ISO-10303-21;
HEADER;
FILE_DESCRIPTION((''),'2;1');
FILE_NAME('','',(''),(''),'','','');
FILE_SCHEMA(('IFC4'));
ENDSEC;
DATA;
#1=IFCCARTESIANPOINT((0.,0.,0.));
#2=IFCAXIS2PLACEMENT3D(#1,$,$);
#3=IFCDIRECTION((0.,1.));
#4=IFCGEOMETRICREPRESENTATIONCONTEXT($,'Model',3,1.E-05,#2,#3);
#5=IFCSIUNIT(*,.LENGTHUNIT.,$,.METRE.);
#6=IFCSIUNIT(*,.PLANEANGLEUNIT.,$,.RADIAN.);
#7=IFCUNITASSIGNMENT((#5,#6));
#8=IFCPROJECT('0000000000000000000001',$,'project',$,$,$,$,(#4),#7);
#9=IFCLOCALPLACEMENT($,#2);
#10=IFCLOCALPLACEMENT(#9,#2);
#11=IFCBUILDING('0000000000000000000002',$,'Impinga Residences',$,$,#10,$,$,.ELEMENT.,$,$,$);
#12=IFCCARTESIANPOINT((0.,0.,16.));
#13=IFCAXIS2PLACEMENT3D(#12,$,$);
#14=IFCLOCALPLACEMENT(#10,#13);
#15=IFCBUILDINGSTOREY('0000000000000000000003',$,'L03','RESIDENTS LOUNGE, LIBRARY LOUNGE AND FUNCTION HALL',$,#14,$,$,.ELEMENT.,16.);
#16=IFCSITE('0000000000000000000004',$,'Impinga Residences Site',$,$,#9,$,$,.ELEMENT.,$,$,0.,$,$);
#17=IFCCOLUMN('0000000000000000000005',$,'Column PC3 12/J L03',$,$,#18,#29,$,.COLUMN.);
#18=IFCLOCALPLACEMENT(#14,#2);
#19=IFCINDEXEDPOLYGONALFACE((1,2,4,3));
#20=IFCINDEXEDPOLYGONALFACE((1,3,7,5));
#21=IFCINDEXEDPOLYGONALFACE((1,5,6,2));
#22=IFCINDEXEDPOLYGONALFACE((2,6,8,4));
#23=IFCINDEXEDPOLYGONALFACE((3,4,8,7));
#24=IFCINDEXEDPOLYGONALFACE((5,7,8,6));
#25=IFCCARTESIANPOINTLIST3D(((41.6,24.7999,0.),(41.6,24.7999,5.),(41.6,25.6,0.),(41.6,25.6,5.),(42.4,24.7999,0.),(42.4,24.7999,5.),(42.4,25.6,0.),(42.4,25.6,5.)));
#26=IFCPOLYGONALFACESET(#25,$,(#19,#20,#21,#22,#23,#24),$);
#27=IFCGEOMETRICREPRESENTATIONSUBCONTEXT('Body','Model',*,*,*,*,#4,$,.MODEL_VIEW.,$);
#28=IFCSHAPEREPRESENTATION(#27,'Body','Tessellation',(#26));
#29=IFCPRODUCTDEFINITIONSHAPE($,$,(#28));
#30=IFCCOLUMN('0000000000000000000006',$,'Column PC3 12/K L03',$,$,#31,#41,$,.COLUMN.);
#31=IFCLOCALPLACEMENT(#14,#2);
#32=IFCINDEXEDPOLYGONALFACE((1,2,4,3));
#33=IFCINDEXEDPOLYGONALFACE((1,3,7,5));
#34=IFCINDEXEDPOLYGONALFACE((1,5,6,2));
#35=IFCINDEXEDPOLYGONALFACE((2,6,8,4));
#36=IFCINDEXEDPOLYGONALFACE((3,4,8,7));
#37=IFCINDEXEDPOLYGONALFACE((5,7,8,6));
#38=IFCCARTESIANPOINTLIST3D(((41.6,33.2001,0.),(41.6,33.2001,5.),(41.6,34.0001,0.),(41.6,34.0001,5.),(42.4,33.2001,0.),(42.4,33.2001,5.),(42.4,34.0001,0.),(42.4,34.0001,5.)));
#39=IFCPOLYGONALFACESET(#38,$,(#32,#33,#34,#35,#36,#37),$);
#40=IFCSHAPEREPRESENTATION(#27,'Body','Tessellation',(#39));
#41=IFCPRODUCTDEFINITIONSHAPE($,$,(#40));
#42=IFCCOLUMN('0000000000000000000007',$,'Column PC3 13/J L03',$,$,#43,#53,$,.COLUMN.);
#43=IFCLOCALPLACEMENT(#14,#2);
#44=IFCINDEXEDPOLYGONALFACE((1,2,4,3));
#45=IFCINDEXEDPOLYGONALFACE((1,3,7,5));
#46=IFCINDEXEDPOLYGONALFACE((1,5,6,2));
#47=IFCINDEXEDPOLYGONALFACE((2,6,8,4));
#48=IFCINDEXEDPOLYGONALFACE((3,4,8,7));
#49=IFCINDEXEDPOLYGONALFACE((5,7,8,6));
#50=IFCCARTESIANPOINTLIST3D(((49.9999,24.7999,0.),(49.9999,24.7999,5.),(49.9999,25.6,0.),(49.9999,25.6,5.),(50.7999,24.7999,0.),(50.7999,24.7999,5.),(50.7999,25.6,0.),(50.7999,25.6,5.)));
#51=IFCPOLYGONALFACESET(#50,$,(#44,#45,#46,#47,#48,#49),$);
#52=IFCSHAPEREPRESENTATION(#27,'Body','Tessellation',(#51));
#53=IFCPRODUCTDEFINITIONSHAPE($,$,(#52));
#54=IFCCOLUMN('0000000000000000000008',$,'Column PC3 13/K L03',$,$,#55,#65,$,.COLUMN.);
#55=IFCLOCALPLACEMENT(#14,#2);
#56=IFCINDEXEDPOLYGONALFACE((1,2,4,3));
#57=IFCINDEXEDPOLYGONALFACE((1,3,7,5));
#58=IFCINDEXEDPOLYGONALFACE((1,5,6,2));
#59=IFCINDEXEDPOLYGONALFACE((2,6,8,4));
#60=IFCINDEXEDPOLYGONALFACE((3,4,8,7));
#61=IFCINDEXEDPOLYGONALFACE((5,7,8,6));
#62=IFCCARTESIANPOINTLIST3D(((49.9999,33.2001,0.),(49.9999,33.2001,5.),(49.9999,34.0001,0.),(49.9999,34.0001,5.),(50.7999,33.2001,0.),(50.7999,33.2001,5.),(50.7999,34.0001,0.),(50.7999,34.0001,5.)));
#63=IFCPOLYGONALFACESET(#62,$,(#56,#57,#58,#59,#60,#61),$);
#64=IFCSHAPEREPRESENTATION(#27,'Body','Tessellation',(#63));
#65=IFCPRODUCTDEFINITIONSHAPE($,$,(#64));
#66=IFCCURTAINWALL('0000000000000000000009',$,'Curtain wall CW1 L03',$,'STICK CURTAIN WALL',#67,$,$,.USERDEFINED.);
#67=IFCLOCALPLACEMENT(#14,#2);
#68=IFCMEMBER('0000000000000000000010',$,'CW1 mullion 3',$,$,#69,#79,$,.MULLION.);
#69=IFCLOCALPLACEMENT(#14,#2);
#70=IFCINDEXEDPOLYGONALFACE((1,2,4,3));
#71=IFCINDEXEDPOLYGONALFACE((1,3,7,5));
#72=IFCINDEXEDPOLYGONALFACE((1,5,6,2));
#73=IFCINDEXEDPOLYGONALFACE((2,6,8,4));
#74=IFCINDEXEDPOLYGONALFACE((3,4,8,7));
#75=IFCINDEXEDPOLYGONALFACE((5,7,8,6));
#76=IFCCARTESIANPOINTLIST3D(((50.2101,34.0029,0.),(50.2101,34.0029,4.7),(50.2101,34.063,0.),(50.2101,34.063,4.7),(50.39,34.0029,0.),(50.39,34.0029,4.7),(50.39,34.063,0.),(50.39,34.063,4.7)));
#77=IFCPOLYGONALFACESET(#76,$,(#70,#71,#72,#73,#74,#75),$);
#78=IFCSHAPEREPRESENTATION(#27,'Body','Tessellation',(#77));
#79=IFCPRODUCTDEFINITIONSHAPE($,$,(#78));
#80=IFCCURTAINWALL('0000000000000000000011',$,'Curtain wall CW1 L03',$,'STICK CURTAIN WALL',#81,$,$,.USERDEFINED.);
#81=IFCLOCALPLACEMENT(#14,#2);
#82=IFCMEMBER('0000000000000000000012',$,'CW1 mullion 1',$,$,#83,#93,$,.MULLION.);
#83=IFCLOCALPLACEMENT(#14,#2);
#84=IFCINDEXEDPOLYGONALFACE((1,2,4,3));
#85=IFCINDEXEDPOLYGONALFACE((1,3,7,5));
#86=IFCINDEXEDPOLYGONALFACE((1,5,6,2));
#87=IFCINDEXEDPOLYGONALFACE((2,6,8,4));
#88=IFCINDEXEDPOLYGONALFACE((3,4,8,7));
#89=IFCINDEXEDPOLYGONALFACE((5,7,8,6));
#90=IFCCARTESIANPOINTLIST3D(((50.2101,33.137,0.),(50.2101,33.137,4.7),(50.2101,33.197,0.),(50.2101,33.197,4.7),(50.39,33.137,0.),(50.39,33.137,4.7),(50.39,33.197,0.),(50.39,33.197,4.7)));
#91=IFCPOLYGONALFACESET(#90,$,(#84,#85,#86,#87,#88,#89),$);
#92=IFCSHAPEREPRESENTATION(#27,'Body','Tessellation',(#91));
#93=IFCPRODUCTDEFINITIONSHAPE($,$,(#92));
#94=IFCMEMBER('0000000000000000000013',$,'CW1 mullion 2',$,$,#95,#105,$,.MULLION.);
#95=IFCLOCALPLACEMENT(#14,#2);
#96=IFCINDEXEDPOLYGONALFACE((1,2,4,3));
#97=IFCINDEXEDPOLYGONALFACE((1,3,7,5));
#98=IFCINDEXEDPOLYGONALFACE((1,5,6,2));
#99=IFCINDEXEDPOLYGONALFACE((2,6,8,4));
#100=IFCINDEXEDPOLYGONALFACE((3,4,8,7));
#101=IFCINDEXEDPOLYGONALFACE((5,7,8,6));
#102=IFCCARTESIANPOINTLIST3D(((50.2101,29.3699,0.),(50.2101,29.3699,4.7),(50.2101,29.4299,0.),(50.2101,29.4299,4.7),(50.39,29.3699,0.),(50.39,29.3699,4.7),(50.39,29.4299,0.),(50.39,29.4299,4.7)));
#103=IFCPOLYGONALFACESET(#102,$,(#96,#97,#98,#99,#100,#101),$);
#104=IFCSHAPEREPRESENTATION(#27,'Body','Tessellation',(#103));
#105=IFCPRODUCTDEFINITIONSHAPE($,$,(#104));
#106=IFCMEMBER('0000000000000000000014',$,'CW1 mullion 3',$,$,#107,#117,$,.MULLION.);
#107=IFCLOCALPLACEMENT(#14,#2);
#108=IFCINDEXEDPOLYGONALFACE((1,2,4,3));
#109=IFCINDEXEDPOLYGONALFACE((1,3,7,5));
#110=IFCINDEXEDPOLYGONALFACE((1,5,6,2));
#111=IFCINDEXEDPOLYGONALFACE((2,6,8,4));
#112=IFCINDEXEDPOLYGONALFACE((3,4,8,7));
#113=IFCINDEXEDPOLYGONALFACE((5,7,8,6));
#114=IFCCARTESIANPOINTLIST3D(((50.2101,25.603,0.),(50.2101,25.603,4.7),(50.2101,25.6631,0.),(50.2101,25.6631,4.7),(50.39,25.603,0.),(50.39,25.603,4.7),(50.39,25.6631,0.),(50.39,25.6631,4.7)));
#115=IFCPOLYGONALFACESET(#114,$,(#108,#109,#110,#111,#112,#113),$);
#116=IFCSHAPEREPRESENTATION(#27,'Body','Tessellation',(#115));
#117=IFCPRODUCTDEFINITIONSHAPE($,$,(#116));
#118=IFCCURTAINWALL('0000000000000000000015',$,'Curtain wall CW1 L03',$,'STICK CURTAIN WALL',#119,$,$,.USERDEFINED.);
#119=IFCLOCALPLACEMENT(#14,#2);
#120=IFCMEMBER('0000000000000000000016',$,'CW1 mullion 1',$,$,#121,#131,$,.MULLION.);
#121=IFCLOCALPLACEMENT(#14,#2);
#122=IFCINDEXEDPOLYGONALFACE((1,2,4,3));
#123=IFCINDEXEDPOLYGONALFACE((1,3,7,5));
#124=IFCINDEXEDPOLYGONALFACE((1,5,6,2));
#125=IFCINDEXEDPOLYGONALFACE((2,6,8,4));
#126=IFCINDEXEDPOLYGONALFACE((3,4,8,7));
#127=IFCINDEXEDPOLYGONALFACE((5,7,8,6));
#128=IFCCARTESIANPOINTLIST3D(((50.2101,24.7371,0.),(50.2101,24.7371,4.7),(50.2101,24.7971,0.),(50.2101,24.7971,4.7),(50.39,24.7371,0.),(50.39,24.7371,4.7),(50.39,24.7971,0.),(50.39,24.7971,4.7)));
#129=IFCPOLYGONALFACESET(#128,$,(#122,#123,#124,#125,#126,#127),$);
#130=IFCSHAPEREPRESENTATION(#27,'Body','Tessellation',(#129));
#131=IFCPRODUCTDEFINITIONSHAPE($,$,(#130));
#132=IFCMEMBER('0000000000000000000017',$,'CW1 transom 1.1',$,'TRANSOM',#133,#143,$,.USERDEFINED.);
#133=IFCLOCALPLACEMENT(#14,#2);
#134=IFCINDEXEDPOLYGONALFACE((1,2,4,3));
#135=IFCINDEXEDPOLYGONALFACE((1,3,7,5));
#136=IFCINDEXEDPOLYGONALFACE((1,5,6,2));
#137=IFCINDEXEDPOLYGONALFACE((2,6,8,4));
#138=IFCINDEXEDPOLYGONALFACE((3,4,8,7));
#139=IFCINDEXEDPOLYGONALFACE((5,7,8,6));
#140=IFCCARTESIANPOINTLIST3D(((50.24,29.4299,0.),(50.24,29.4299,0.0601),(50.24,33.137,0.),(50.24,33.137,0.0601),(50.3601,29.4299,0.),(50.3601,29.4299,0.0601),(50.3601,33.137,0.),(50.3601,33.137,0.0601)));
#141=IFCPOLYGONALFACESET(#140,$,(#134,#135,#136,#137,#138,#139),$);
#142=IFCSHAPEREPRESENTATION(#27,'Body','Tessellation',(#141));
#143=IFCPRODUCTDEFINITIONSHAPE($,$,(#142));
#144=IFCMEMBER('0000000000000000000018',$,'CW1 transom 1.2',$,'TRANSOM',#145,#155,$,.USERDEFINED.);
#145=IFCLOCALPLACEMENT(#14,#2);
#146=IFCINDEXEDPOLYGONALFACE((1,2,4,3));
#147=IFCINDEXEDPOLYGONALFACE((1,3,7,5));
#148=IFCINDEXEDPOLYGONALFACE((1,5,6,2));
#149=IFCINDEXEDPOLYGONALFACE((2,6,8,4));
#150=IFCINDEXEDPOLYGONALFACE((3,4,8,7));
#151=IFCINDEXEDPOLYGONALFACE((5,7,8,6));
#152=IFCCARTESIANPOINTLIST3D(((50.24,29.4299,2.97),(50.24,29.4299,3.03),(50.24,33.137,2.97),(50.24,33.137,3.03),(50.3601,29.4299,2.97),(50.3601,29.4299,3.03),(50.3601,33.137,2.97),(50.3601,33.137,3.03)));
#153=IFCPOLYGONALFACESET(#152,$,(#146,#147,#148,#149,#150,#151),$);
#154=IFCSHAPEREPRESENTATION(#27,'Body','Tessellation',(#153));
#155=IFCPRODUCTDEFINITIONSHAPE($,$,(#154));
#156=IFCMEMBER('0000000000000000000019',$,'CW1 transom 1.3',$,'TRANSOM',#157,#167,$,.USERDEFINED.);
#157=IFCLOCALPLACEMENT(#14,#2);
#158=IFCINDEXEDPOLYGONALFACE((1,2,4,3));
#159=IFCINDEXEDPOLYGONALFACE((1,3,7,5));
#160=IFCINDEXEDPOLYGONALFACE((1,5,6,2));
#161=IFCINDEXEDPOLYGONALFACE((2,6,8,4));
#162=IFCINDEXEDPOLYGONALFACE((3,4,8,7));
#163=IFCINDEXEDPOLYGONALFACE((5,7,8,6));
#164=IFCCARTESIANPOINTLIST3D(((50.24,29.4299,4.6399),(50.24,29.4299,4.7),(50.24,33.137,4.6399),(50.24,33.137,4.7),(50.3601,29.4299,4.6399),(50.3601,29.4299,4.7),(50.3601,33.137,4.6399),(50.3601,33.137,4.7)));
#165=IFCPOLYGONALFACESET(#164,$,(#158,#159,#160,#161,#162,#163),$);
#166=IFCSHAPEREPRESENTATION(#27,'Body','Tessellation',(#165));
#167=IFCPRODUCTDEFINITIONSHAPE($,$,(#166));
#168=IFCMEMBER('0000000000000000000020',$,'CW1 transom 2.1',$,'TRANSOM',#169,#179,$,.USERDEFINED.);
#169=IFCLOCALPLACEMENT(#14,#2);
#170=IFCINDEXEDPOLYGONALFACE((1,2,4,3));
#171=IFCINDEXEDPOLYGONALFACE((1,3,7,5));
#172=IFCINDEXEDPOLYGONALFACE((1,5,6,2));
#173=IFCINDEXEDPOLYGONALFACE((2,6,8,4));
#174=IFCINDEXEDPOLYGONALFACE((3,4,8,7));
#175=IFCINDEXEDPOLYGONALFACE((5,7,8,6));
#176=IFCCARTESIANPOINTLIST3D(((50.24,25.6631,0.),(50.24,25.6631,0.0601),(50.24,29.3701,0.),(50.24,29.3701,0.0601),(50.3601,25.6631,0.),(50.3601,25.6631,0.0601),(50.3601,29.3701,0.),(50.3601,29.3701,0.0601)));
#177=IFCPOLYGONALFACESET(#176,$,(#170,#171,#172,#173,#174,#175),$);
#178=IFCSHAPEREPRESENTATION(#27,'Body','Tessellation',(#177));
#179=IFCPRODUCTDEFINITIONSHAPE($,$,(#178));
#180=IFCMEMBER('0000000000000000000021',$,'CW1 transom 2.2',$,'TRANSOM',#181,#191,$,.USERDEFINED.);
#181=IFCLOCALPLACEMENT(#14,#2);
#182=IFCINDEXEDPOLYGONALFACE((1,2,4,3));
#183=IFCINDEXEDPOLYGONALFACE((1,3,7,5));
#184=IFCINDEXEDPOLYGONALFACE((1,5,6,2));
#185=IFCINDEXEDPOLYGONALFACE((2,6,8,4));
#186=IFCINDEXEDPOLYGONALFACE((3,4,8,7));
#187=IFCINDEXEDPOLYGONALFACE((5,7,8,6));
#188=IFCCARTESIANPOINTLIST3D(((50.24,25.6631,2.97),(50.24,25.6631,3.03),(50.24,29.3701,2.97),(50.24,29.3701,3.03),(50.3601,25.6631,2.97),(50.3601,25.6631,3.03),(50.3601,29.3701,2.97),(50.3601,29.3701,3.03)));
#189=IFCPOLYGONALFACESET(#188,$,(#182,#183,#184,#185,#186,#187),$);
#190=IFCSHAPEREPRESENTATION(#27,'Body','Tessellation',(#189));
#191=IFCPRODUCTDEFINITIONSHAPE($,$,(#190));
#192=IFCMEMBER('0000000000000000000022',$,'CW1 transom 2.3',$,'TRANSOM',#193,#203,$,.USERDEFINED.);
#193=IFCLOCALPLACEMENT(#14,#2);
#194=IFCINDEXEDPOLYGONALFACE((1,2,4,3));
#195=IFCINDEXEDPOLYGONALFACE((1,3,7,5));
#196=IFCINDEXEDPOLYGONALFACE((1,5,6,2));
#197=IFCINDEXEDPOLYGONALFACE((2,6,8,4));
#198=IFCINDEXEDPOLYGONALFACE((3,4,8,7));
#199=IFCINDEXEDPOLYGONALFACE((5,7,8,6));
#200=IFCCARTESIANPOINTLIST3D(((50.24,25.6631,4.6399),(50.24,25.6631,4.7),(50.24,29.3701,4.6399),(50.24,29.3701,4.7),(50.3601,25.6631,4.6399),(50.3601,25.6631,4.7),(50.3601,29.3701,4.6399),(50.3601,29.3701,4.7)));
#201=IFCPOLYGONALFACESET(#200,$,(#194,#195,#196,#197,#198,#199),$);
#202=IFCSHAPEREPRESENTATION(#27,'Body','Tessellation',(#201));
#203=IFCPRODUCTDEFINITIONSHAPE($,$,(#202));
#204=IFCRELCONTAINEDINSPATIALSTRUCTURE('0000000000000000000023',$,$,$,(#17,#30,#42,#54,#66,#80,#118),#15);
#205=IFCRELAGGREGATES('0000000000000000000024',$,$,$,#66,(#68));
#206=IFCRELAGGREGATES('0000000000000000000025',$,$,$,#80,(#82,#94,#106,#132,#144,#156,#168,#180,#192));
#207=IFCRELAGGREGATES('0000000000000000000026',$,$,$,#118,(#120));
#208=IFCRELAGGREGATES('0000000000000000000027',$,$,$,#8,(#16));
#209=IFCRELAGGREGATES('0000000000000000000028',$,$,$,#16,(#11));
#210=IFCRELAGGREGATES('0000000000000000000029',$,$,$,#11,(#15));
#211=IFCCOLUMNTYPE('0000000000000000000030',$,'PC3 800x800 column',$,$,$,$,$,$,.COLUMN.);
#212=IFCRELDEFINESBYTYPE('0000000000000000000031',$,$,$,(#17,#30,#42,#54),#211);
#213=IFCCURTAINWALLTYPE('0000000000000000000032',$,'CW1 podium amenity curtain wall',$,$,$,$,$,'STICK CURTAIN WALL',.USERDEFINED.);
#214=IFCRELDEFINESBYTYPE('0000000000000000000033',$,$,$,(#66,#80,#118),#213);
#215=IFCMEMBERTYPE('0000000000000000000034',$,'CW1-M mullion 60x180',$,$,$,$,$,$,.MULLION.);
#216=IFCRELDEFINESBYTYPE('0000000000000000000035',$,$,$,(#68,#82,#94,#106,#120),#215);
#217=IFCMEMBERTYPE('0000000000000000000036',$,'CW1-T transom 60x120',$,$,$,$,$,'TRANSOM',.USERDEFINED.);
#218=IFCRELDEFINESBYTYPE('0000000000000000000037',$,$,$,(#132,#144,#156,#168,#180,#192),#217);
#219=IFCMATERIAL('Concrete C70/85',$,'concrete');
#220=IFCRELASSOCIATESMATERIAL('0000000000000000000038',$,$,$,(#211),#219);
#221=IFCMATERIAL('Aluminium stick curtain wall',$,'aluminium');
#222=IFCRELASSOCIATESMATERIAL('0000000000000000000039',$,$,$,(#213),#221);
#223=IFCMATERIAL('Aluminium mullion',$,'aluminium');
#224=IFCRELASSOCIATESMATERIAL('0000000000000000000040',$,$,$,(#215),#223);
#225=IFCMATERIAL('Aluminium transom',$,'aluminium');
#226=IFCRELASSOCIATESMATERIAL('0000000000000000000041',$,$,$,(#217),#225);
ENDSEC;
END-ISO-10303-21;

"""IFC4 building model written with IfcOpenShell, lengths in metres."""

from ifc_helpers import new_model, si_unit, direction, frame, origin, origin_2d, place, context, subcontext, project, spatial, rectangle, extrude, material, material_profile, profile_set, type_object, element, aggregate, save


model = new_model("IFC4")

# Units and contexts
model_context = context("Model", 3, precision=1e-05, world=origin(), true_north=direction((0.0, 1.0)))
body_context = subcontext(model_context, "Body", "Model", "MODEL_VIEW")
ifc_project = project(units=[si_unit("LENGTHUNIT", "METRE"), si_unit("PLANEANGLEUNIT", "RADIAN")], contexts=[model_context])

# Site, building, storey
site_placement = place(None, origin())
site = spatial("IfcSite", under=ifc_project, at=site_placement, Name="Impinga Residences Site", CompositionType="ELEMENT", RefElevation=0.0)
building_placement = place(site_placement, origin())
building = spatial("IfcBuilding", under=site, at=building_placement, Name="Impinga Residences", CompositionType="ELEMENT")
storey_placement = place(building_placement, frame((0.0, 0.0, 16.0)))
storey = spatial("IfcBuildingStorey", under=building, at=storey_placement, Name="L03", Description="RESIDENTS LOUNGE, LIBRARY LOUNGE AND FUNCTION HALL", CompositionType="ELEMENT", Elevation=16.0)

# Columns
ifc_material_1 = material(Name="Concrete C70/85", Category="concrete")
ifc_material_profile_1 = material_profile(ifc_material_1, rectangle(XDim=0.8, YDim=0.8, at=origin_2d()), Name="RC 800x800")
ifc_profile_set_1 = profile_set([ifc_material_profile_1], Name="Concrete C70/85")
column_type = type_object("IfcColumnType", Name="PC3 800x800 column", PredefinedType="COLUMN", material=ifc_profile_set_1)
for number, where, z_axis, x_axis, name in (
    (1, (42.0, 25.2, 0.0), (0.0, 0.0, 1.0), (1.0, 0.0, 0.0), "Column PC3 12/J L03"),
    (2, (42.0, 33.6001, 0.0), (0.0, 0.0, 1.0), (1.0, 0.0, 0.0), "Column PC3 12/K L03"),
    (3, (50.3999, 25.2, 0.0), (0.0, 0.0, 1.0), (1.0, 0.0, 0.0), "Column PC3 13/J L03"),
    (4, (50.3999, 33.6001, 0.0), (0.0, 0.0, 1.0), (1.0, 0.0, 0.0), "Column PC3 13/K L03"),
):
    element("IfcColumn", number, at=place(storey_placement, frame(where, z_axis=z_axis, x_axis=x_axis)), inside=storey, type_object=column_type, Name=name, PredefinedType="COLUMN", context=body_context, shape_type="SweptSolid", body=[
        extrude(rectangle(XDim=0.8, YDim=0.8, at=origin_2d()), origin(), (0.0, 0.0, 1.0), 5.0),
    ])

# Curtain wall, member
ifc_material_2 = material(Name="Aluminium stick curtain wall", Category="aluminium")
curtain_wall_type = type_object("IfcCurtainWallType", Name="CW1 podium amenity curtain wall", ElementType="STICK CURTAIN WALL", PredefinedType="USERDEFINED", material=ifc_material_2)
curtain_wall_1_placement = place(storey_placement, origin())
curtain_wall_1 = element("IfcCurtainWall", 5, at=curtain_wall_1_placement, inside=storey, type_object=curtain_wall_type, Name="Curtain wall CW1 L03", ObjectType="STICK CURTAIN WALL", PredefinedType="USERDEFINED")
ifc_material_3 = material(Name="Aluminium mullion", Category="aluminium")
ifc_material_profile_2 = material_profile(ifc_material_3, rectangle(XDim=0.0601, YDim=0.1799, at=origin_2d()), Name="60x180 mullion")
ifc_profile_set_2 = profile_set([ifc_material_profile_2], Name="Aluminium mullion")
member_type_1 = type_object("IfcMemberType", Name="CW1-M mullion 60x180", PredefinedType="MULLION", material=ifc_profile_set_2)
member_1_placement = place(storey_placement, frame((50.3, 34.033, 0.0), z_axis=(0.0, 0.0, 1.0), x_axis=(0.0, -1.0, 0.0)))
member_1 = element("IfcMember", 6, at=member_1_placement, type_object=member_type_1, Name="CW1 mullion 3", PredefinedType="MULLION", context=body_context, shape_type="SweptSolid", body=[
    extrude(rectangle(XDim=0.0601, YDim=0.1799, at=origin_2d()), origin(), (0.0, 0.0, 1.0), 4.7),
])

# Curtain wall, members
curtain_wall_2_placement = place(storey_placement, origin())
curtain_wall_2 = element("IfcCurtainWall", 7, at=curtain_wall_2_placement, inside=storey, type_object=curtain_wall_type, Name="Curtain wall CW1 L03", ObjectType="STICK CURTAIN WALL", PredefinedType="USERDEFINED")
member_2_placement = place(storey_placement, frame((50.3, 33.167, 0.0), z_axis=(0.0, 0.0, 1.0), x_axis=(0.0, -1.0, 0.0)))
member_2 = element("IfcMember", 8, at=member_2_placement, type_object=member_type_1, Name="CW1 mullion 1", PredefinedType="MULLION", context=body_context, shape_type="SweptSolid", body=[
    extrude(rectangle(XDim=0.0601, YDim=0.1799, at=origin_2d()), origin(), (0.0, 0.0, 1.0), 4.7),
])
member_3_placement = place(storey_placement, frame((50.3, 29.3999, 0.0), z_axis=(0.0, 0.0, 1.0), x_axis=(0.0, -1.0, 0.0)))
member_3 = element("IfcMember", 9, at=member_3_placement, type_object=member_type_1, Name="CW1 mullion 2", PredefinedType="MULLION", context=body_context, shape_type="SweptSolid", body=[
    extrude(rectangle(XDim=0.0601, YDim=0.1799, at=origin_2d()), origin(), (0.0, 0.0, 1.0), 4.7),
])
member_4_placement = place(storey_placement, frame((50.3, 25.6331, 0.0), z_axis=(0.0, 0.0, 1.0), x_axis=(0.0, -1.0, 0.0)))
member_4 = element("IfcMember", 10, at=member_4_placement, type_object=member_type_1, Name="CW1 mullion 3", PredefinedType="MULLION", context=body_context, shape_type="SweptSolid", body=[
    extrude(rectangle(XDim=0.0601, YDim=0.1799, at=origin_2d()), origin(), (0.0, 0.0, 1.0), 4.7),
])

# Curtain wall, member
curtain_wall_3_placement = place(storey_placement, origin())
curtain_wall_3 = element("IfcCurtainWall", 11, at=curtain_wall_3_placement, inside=storey, type_object=curtain_wall_type, Name="Curtain wall CW1 L03", ObjectType="STICK CURTAIN WALL", PredefinedType="USERDEFINED")
member_5_placement = place(storey_placement, frame((50.3, 24.7671, 0.0), z_axis=(0.0, 0.0, 1.0), x_axis=(0.0, -1.0, 0.0)))
member_5 = element("IfcMember", 12, at=member_5_placement, type_object=member_type_1, Name="CW1 mullion 1", PredefinedType="MULLION", context=body_context, shape_type="SweptSolid", body=[
    extrude(rectangle(XDim=0.0601, YDim=0.1799, at=origin_2d()), origin(), (0.0, 0.0, 1.0), 4.7),
])

# Members
ifc_material_4 = material(Name="Aluminium transom", Category="aluminium")
ifc_material_profile_3 = material_profile(ifc_material_4, rectangle(XDim=0.0601, YDim=0.1201, at=origin_2d()), Name="60x120 transom")
ifc_profile_set_3 = profile_set([ifc_material_profile_3], Name="Aluminium transom")
member_type_2 = type_object("IfcMemberType", Name="CW1-T transom 60x120", ElementType="TRANSOM", PredefinedType="USERDEFINED", material=ifc_profile_set_3)
member_6_placement = place(storey_placement, frame((50.3, 33.137, 0.03), z_axis=(0.0, -1.0, 0.0), x_axis=(0.0, 0.0, 1.0)))
member_6 = element("IfcMember", 13, at=member_6_placement, type_object=member_type_2, Name="CW1 transom 1.1", ObjectType="TRANSOM", PredefinedType="USERDEFINED", context=body_context, shape_type="SweptSolid", body=[
    extrude(rectangle(XDim=0.0601, YDim=0.1201, at=origin_2d()), origin(), (0.0, 0.0, 1.0), 3.707),
])
member_7_placement = place(storey_placement, frame((50.3, 33.137, 3.0), z_axis=(0.0, -1.0, 0.0), x_axis=(0.0, 0.0, 1.0)))
member_7 = element("IfcMember", 14, at=member_7_placement, type_object=member_type_2, Name="CW1 transom 1.2", ObjectType="TRANSOM", PredefinedType="USERDEFINED", context=body_context, shape_type="SweptSolid", body=[
    extrude(rectangle(XDim=0.0601, YDim=0.1201, at=origin_2d()), origin(), (0.0, 0.0, 1.0), 3.707),
])
member_8_placement = place(storey_placement, frame((50.3, 33.137, 4.6699), z_axis=(0.0, -1.0, 0.0), x_axis=(0.0, 0.0, 1.0)))
member_8 = element("IfcMember", 15, at=member_8_placement, type_object=member_type_2, Name="CW1 transom 1.3", ObjectType="TRANSOM", PredefinedType="USERDEFINED", context=body_context, shape_type="SweptSolid", body=[
    extrude(rectangle(XDim=0.0601, YDim=0.1201, at=origin_2d()), origin(), (0.0, 0.0, 1.0), 3.707),
])
member_9_placement = place(storey_placement, frame((50.3, 29.3701, 0.03), z_axis=(0.0, -1.0, 0.0), x_axis=(0.0, 0.0, 1.0)))
member_9 = element("IfcMember", 16, at=member_9_placement, type_object=member_type_2, Name="CW1 transom 2.1", ObjectType="TRANSOM", PredefinedType="USERDEFINED", context=body_context, shape_type="SweptSolid", body=[
    extrude(rectangle(XDim=0.0601, YDim=0.1201, at=origin_2d()), origin(), (0.0, 0.0, 1.0), 3.707),
])
member_10_placement = place(storey_placement, frame((50.3, 29.3701, 3.0), z_axis=(0.0, -1.0, 0.0), x_axis=(0.0, 0.0, 1.0)))
member_10 = element("IfcMember", 17, at=member_10_placement, type_object=member_type_2, Name="CW1 transom 2.2", ObjectType="TRANSOM", PredefinedType="USERDEFINED", context=body_context, shape_type="SweptSolid", body=[
    extrude(rectangle(XDim=0.0601, YDim=0.1201, at=origin_2d()), origin(), (0.0, 0.0, 1.0), 3.707),
])
member_11_placement = place(storey_placement, frame((50.3, 29.3701, 4.6699), z_axis=(0.0, -1.0, 0.0), x_axis=(0.0, 0.0, 1.0)))
member_11 = element("IfcMember", 18, at=member_11_placement, type_object=member_type_2, Name="CW1 transom 2.3", ObjectType="TRANSOM", PredefinedType="USERDEFINED", context=body_context, shape_type="SweptSolid", body=[
    extrude(rectangle(XDim=0.0601, YDim=0.1201, at=origin_2d()), origin(), (0.0, 0.0, 1.0), 3.707),
])

aggregate(curtain_wall_1, [member_1])
aggregate(curtain_wall_2, [member_2, member_3, member_4, member_6, member_7, member_8, member_9, member_10, member_11])
aggregate(curtain_wall_3, [member_5])

save(model, "model.ifc")
